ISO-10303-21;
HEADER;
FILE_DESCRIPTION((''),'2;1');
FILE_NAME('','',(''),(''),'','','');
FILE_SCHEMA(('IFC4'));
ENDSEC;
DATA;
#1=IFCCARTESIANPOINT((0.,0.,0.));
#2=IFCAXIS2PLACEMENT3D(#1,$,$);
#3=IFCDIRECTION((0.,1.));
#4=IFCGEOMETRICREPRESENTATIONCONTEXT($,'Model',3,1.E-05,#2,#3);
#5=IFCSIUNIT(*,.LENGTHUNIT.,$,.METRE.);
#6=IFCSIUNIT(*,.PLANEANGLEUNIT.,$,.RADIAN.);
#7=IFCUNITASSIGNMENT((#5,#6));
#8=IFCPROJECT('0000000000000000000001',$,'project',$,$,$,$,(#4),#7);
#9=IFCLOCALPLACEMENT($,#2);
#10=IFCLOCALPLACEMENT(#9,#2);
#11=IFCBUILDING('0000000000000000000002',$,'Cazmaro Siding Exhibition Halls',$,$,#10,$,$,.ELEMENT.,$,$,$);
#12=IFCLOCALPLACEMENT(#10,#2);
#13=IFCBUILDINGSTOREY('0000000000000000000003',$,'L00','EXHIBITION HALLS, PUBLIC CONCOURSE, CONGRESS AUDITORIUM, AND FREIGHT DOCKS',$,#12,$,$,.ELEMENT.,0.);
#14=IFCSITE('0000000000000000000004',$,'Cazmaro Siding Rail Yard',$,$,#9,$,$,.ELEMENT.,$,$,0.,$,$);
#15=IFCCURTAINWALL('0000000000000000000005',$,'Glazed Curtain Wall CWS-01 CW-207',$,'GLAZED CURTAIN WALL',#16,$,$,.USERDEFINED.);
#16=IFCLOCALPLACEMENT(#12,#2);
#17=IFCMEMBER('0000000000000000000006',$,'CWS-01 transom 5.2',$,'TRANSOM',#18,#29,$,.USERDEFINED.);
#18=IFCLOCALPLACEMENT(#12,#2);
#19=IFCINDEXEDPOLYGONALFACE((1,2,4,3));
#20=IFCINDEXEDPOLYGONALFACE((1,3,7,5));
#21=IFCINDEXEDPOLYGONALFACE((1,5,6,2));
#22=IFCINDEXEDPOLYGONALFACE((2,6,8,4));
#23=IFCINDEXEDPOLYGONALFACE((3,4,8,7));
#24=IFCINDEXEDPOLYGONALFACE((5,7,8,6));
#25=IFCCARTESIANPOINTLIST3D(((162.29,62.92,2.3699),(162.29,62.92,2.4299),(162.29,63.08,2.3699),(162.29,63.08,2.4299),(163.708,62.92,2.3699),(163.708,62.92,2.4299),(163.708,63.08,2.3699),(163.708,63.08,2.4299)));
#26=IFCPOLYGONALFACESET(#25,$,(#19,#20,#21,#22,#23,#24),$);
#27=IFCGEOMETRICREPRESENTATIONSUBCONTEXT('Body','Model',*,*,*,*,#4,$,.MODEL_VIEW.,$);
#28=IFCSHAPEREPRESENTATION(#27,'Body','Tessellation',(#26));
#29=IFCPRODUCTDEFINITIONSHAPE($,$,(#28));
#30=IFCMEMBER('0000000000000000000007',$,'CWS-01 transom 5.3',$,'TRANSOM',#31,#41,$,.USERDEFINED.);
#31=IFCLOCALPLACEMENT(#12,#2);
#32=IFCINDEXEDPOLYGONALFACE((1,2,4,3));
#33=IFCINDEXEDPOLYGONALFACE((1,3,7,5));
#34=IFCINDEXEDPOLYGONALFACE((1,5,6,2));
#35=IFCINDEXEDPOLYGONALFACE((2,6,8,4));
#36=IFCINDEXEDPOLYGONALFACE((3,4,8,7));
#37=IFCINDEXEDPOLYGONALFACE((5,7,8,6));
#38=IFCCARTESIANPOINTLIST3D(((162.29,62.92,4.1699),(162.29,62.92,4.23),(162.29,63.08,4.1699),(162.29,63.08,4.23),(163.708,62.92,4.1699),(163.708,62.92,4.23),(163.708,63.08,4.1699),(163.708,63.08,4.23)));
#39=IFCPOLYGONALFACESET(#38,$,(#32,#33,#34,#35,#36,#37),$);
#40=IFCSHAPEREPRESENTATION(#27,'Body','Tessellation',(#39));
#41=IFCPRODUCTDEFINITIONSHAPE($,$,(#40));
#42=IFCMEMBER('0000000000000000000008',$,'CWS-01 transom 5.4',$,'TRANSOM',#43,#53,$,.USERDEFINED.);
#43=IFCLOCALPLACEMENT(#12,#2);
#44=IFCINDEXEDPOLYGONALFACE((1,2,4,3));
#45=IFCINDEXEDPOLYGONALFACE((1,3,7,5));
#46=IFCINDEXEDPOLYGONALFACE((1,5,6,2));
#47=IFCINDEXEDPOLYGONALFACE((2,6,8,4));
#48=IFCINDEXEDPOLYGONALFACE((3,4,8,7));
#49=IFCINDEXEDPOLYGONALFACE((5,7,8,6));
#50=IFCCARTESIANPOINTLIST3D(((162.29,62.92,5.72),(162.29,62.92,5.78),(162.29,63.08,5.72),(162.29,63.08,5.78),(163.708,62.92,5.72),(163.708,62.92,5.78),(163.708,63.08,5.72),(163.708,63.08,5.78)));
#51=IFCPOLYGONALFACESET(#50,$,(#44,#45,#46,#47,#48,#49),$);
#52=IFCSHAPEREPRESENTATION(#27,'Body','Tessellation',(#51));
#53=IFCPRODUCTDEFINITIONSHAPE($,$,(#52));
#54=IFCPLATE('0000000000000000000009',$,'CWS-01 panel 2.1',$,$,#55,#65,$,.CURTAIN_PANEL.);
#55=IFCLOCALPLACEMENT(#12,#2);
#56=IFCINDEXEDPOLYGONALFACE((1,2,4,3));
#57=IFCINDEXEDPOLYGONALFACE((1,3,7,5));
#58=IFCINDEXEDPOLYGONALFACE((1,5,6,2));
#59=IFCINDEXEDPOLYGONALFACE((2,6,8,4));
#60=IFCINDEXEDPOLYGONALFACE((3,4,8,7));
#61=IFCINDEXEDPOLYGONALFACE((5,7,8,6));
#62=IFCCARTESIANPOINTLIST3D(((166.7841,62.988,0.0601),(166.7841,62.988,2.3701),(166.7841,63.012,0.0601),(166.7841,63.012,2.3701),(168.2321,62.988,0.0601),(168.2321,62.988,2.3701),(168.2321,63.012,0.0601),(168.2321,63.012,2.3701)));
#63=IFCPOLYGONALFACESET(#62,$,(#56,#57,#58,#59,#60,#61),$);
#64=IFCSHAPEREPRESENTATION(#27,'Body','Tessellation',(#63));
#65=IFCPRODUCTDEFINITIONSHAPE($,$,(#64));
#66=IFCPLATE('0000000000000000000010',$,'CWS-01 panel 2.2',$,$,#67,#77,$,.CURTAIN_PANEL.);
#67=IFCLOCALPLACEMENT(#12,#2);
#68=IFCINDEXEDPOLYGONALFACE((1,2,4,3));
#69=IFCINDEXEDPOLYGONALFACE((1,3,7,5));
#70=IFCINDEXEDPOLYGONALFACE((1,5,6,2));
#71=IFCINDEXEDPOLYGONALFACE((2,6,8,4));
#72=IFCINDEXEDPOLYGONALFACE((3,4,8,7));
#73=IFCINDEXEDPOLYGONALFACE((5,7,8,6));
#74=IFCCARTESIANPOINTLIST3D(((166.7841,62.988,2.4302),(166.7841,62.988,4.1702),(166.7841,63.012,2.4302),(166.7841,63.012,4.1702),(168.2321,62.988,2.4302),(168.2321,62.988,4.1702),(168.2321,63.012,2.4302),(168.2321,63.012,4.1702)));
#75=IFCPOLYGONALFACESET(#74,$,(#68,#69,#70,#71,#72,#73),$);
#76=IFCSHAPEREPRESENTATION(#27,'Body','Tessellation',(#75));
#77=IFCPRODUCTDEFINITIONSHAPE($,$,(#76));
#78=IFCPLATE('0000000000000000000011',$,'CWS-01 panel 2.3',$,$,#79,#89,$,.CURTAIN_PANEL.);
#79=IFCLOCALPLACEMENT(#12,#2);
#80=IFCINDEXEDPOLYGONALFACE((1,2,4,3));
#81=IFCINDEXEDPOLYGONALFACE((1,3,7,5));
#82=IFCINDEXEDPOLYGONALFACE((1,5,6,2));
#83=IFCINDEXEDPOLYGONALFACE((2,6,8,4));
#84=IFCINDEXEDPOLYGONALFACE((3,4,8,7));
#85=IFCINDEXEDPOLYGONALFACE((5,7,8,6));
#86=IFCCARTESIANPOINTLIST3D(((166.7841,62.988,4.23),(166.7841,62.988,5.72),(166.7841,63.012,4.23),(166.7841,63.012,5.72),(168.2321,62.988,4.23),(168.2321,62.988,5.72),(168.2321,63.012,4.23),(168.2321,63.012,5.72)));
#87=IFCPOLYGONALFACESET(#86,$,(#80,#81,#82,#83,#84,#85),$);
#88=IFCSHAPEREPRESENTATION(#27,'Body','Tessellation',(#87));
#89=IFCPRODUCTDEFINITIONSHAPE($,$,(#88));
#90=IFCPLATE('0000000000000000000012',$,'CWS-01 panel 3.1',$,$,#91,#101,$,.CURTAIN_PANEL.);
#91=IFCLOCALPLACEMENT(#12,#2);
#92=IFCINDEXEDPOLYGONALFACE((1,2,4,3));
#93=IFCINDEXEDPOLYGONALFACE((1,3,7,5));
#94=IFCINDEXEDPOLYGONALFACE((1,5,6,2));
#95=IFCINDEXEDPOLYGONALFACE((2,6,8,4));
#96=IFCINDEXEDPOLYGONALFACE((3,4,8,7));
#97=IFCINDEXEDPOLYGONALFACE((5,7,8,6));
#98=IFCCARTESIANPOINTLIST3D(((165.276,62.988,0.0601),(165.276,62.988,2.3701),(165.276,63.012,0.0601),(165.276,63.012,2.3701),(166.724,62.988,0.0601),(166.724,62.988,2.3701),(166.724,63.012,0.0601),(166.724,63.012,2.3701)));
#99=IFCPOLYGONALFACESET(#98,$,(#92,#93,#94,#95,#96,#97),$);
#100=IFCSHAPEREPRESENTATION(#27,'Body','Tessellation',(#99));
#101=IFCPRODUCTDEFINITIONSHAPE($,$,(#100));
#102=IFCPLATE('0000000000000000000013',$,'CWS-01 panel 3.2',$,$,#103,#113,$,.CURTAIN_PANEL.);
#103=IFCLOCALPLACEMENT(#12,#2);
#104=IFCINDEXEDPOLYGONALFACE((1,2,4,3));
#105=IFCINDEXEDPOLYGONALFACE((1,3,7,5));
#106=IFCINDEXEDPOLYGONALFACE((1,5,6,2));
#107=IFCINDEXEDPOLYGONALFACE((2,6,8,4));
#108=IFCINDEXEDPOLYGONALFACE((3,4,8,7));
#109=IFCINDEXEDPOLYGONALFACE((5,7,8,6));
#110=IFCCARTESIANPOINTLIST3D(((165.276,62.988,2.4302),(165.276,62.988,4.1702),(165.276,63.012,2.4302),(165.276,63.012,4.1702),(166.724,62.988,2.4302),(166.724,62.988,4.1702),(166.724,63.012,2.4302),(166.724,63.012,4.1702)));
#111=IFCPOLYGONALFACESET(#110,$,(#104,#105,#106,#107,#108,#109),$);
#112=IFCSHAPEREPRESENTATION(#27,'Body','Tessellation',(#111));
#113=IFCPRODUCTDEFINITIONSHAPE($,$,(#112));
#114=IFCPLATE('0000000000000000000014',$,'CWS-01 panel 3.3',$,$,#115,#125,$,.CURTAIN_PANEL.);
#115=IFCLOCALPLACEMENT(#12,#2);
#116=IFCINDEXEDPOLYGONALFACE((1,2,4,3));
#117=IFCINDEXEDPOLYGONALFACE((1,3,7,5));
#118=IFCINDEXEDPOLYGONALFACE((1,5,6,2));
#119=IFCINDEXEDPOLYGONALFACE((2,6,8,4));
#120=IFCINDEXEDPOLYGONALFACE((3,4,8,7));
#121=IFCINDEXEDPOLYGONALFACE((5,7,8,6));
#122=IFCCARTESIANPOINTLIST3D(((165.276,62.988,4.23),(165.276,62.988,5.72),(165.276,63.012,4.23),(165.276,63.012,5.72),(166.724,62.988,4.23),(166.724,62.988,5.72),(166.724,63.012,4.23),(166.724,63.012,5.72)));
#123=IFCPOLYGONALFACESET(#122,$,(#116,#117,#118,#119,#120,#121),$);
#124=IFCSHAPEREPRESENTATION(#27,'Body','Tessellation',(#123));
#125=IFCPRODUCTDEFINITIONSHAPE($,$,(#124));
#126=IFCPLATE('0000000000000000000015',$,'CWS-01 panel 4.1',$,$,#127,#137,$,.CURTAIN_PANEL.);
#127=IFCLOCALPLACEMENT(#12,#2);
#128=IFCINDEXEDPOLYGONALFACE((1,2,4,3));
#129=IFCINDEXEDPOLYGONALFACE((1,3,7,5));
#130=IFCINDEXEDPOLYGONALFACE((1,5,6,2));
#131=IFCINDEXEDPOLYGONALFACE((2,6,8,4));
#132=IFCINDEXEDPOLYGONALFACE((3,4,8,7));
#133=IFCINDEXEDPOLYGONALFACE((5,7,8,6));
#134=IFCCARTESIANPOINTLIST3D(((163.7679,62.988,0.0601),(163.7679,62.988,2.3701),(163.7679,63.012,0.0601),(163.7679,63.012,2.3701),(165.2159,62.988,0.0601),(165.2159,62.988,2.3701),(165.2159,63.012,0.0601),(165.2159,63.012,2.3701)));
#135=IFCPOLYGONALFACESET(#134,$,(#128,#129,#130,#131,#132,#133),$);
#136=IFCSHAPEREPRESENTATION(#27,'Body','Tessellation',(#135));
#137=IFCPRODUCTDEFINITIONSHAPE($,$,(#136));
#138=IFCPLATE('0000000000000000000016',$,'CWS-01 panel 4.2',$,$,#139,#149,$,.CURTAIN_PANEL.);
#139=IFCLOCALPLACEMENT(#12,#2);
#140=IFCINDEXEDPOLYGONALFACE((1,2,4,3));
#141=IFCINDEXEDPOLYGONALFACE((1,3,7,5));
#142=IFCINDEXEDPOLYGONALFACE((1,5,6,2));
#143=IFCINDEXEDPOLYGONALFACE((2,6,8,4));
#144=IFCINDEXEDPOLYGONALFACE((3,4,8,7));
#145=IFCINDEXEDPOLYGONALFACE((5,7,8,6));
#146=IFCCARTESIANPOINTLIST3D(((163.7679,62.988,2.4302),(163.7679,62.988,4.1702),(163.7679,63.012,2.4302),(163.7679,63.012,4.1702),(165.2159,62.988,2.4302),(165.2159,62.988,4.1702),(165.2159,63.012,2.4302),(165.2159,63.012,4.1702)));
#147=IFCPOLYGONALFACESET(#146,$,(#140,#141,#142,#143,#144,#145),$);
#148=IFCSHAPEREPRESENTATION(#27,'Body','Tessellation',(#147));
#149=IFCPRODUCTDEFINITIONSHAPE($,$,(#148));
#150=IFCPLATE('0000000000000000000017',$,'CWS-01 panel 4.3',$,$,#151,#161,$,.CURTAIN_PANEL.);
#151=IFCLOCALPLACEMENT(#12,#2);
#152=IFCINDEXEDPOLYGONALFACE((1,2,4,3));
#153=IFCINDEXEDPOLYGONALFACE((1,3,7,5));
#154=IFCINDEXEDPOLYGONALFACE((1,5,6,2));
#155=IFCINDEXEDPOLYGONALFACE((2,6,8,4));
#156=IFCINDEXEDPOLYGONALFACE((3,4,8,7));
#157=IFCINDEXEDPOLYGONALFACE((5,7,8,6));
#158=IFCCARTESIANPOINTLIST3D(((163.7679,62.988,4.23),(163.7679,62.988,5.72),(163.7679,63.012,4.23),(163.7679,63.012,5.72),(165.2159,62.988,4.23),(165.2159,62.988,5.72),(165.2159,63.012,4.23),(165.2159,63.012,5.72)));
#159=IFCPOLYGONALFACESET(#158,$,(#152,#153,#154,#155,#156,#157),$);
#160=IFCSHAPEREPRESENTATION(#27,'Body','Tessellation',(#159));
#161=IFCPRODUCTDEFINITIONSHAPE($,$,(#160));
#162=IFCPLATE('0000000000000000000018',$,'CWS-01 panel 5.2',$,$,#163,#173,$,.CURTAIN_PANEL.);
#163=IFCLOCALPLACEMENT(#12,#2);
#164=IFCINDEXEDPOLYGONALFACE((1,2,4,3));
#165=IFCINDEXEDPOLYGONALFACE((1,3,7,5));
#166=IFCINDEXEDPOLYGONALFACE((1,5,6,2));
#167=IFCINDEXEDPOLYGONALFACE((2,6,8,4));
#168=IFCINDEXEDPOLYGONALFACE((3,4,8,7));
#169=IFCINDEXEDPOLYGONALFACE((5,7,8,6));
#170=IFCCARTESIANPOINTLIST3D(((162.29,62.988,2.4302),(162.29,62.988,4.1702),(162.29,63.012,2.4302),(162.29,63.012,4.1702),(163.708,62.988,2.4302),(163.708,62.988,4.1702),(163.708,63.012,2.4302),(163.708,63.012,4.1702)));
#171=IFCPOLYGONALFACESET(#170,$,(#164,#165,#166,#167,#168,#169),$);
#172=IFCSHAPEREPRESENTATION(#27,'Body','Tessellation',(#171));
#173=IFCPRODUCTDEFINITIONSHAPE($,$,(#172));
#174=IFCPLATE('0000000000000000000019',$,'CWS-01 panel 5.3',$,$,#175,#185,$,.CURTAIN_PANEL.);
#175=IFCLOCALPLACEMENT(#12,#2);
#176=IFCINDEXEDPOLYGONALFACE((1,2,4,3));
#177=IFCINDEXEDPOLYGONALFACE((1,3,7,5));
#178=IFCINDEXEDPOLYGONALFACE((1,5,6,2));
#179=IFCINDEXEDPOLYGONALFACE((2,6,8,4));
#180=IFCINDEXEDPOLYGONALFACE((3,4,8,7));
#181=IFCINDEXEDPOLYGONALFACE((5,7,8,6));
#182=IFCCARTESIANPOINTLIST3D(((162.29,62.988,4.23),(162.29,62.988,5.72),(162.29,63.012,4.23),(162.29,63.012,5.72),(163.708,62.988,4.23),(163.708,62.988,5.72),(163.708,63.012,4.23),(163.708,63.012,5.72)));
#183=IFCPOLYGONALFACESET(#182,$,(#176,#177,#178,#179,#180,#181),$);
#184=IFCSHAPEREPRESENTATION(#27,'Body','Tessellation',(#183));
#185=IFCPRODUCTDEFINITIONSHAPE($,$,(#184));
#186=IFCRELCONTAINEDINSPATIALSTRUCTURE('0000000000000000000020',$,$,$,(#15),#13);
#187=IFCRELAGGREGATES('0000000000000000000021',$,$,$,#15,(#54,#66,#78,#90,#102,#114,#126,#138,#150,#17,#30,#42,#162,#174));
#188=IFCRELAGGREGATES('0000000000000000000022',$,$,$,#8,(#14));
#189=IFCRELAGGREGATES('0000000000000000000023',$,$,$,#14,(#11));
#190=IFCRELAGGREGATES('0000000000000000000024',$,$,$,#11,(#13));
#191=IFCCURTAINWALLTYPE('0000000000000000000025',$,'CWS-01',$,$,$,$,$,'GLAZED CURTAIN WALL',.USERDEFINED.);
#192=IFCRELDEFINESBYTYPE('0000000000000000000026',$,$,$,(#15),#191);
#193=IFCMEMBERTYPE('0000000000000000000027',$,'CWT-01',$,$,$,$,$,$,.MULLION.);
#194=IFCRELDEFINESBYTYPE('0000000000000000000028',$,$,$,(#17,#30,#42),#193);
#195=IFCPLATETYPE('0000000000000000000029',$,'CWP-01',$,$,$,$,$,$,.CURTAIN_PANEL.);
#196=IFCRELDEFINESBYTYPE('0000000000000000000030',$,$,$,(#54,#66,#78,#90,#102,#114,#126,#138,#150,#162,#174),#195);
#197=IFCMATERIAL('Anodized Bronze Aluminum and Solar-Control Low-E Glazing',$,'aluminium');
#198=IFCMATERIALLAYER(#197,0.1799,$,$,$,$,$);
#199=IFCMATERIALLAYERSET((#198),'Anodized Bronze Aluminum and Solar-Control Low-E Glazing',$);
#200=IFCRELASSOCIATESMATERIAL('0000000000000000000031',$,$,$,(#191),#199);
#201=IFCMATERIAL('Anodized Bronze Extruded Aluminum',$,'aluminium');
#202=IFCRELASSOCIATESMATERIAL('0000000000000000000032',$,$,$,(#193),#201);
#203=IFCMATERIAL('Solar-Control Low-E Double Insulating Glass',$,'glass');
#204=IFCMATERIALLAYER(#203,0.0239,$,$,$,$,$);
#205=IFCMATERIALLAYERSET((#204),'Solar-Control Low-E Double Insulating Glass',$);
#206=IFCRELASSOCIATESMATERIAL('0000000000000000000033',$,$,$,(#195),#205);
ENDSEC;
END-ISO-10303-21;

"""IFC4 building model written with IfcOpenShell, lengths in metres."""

from ifc_helpers import new_model, si_unit, direction, frame, origin, origin_2d, place, context, subcontext, project, spatial, rectangle, extrude, material, layer, layer_set, material_profile, profile_set, type_object, element, aggregate, save


model = new_model("IFC4")

# Units and contexts
model_context = context("Model", 3, precision=1e-05, world=origin(), true_north=direction((0.0, 1.0)))
body_context = subcontext(model_context, "Body", "Model", "MODEL_VIEW")
ifc_project = project(units=[si_unit("LENGTHUNIT", "METRE"), si_unit("PLANEANGLEUNIT", "RADIAN")], contexts=[model_context])

# Site, building, storey
site_placement = place(None, origin())
site = spatial("IfcSite", under=ifc_project, at=site_placement, Name="Cazmaro Siding Rail Yard", CompositionType="ELEMENT", RefElevation=0.0)
building_placement = place(site_placement, origin())
building = spatial("IfcBuilding", under=site, at=building_placement, Name="Cazmaro Siding Exhibition Halls", CompositionType="ELEMENT")
storey_placement = place(building_placement, origin())
storey = spatial("IfcBuildingStorey", under=building, at=storey_placement, Name="L00", Description="EXHIBITION HALLS, PUBLIC CONCOURSE, CONGRESS AUDITORIUM, AND FREIGHT DOCKS", CompositionType="ELEMENT", Elevation=0.0)

# Curtain wall, members, plates
ifc_material_1 = material(Name="Anodized Bronze Aluminum and Solar-Control Low-E Glazing", Category="aluminium")
ifc_layer_1 = layer(ifc_material_1, 0.1799)
ifc_layer_set_1 = layer_set([ifc_layer_1], Name="Anodized Bronze Aluminum and Solar-Control Low-E Glazing")
curtain_wall_type = type_object("IfcCurtainWallType", Name="CWS-01", ElementType="GLAZED CURTAIN WALL", PredefinedType="USERDEFINED", material=ifc_layer_set_1)
curtain_wall_placement = place(storey_placement, origin())
curtain_wall = element("IfcCurtainWall", 1, at=curtain_wall_placement, inside=storey, type_object=curtain_wall_type, Name="Glazed Curtain Wall CWS-01 CW-207", ObjectType="GLAZED CURTAIN WALL", PredefinedType="USERDEFINED")
ifc_material_2 = material(Name="Anodized Bronze Extruded Aluminum", Category="aluminium")
ifc_material_profile_1 = material_profile(ifc_material_2, rectangle(XDim=0.1599, YDim=0.0601, at=origin_2d()), Name="CWT-01")
ifc_profile_set_1 = profile_set([ifc_material_profile_1], Name="Anodized Bronze Extruded Aluminum")
member_type_1 = type_object("IfcMemberType", Name="CWT-01", PredefinedType="MULLION", material=ifc_profile_set_1)
member_1_placement = place(storey_placement, frame((163.708, 63.0, 2.3999), z_axis=(-1.0, 0.0, 0.0), x_axis=(0.0, -1.0, 0.0)))
member_1 = element("IfcMember", 2, at=member_1_placement, type_object=member_type_1, Name="CWS-01 transom 5.2", ObjectType="TRANSOM", PredefinedType="USERDEFINED", context=body_context, shape_type="SweptSolid", body=[
    extrude(rectangle(XDim=0.1599, YDim=0.0601, at=origin_2d()), origin(), (0.0, 0.0, 1.0), 1.418),
])
member_2_placement = place(storey_placement, frame((163.708, 63.0, 4.2), z_axis=(-1.0, 0.0, 0.0), x_axis=(0.0, -1.0, 0.0)))
member_2 = element("IfcMember", 3, at=member_2_placement, type_object=member_type_1, Name="CWS-01 transom 5.3", ObjectType="TRANSOM", PredefinedType="USERDEFINED", context=body_context, shape_type="SweptSolid", body=[
    extrude(rectangle(XDim=0.1599, YDim=0.0601, at=origin_2d()), origin(), (0.0, 0.0, 1.0), 1.418),
])
member_3_placement = place(storey_placement, frame((163.708, 63.0, 5.75), z_axis=(-1.0, 0.0, 0.0), x_axis=(0.0, -1.0, 0.0)))
member_3 = element("IfcMember", 4, at=member_3_placement, type_object=member_type_1, Name="CWS-01 transom 5.4", ObjectType="TRANSOM", PredefinedType="USERDEFINED", context=body_context, shape_type="SweptSolid", body=[
    extrude(rectangle(XDim=0.1599, YDim=0.0601, at=origin_2d()), origin(), (0.0, 0.0, 1.0), 1.418),
])
ifc_material_3 = material(Name="Solar-Control Low-E Double Insulating Glass", Category="glass")
ifc_layer_2 = layer(ifc_material_3, 0.0239)
ifc_layer_set_2 = layer_set([ifc_layer_2], Name="Solar-Control Low-E Double Insulating Glass")
plate_type = type_object("IfcPlateType", Name="CWP-01", PredefinedType="CURTAIN_PANEL", material=ifc_layer_set_2)
plate_1_placement = place(storey_placement, frame((167.5081, 63.0, 0.0601), z_axis=(0.0, 0.0, 1.0), x_axis=(-1.0, 0.0, 0.0)))
plate_1 = element("IfcPlate", 5, at=plate_1_placement, type_object=plate_type, Name="CWS-01 panel 2.1", PredefinedType="CURTAIN_PANEL", context=body_context, shape_type="SweptSolid", body=[
    extrude(rectangle(XDim=1.448, YDim=0.0239, at=origin_2d()), origin(), (0.0, 0.0, 1.0), 2.3101),
])
plate_2_placement = place(storey_placement, frame((167.5081, 63.0, 2.4302), z_axis=(0.0, 0.0, 1.0), x_axis=(-1.0, 0.0, 0.0)))
plate_2 = element("IfcPlate", 6, at=plate_2_placement, type_object=plate_type, Name="CWS-01 panel 2.2", PredefinedType="CURTAIN_PANEL", context=body_context, shape_type="SweptSolid", body=[
    extrude(rectangle(XDim=1.448, YDim=0.0239, at=origin_2d()), origin(), (0.0, 0.0, 1.0), 1.74),
])
plate_3_placement = place(storey_placement, frame((167.5081, 63.0, 4.23), z_axis=(0.0, 0.0, 1.0), x_axis=(-1.0, 0.0, 0.0)))
plate_3 = element("IfcPlate", 7, at=plate_3_placement, type_object=plate_type, Name="CWS-01 panel 2.3", PredefinedType="CURTAIN_PANEL", context=body_context, shape_type="SweptSolid", body=[
    extrude(rectangle(XDim=1.448, YDim=0.0239, at=origin_2d()), origin(), (0.0, 0.0, 1.0), 1.49),
])
plate_4_placement = place(storey_placement, frame((166.0, 63.0, 0.0601), z_axis=(0.0, 0.0, 1.0), x_axis=(-1.0, 0.0, 0.0)))
plate_4 = element("IfcPlate", 8, at=plate_4_placement, type_object=plate_type, Name="CWS-01 panel 3.1", PredefinedType="CURTAIN_PANEL", context=body_context, shape_type="SweptSolid", body=[
    extrude(rectangle(XDim=1.448, YDim=0.0239, at=origin_2d()), origin(), (0.0, 0.0, 1.0), 2.3101),
])
plate_5_placement = place(storey_placement, frame((166.0, 63.0, 2.4302), z_axis=(0.0, 0.0, 1.0), x_axis=(-1.0, 0.0, 0.0)))
plate_5 = element("IfcPlate", 9, at=plate_5_placement, type_object=plate_type, Name="CWS-01 panel 3.2", PredefinedType="CURTAIN_PANEL", context=body_context, shape_type="SweptSolid", body=[
    extrude(rectangle(XDim=1.448, YDim=0.0239, at=origin_2d()), origin(), (0.0, 0.0, 1.0), 1.74),
])
plate_6_placement = place(storey_placement, frame((166.0, 63.0, 4.23), z_axis=(0.0, 0.0, 1.0), x_axis=(-1.0, 0.0, 0.0)))
plate_6 = element("IfcPlate", 10, at=plate_6_placement, type_object=plate_type, Name="CWS-01 panel 3.3", PredefinedType="CURTAIN_PANEL", context=body_context, shape_type="SweptSolid", body=[
    extrude(rectangle(XDim=1.448, YDim=0.0239, at=origin_2d()), origin(), (0.0, 0.0, 1.0), 1.49),
])
plate_7_placement = place(storey_placement, frame((164.4919, 63.0, 0.0601), z_axis=(0.0, 0.0, 1.0), x_axis=(-1.0, 0.0, 0.0)))
plate_7 = element("IfcPlate", 11, at=plate_7_placement, type_object=plate_type, Name="CWS-01 panel 4.1", PredefinedType="CURTAIN_PANEL", context=body_context, shape_type="SweptSolid", body=[
    extrude(rectangle(XDim=1.448, YDim=0.0239, at=origin_2d()), origin(), (0.0, 0.0, 1.0), 2.3101),
])
plate_8_placement = place(storey_placement, frame((164.4919, 63.0, 2.4302), z_axis=(0.0, 0.0, 1.0), x_axis=(-1.0, 0.0, 0.0)))
plate_8 = element("IfcPlate", 12, at=plate_8_placement, type_object=plate_type, Name="CWS-01 panel 4.2", PredefinedType="CURTAIN_PANEL", context=body_context, shape_type="SweptSolid", body=[
    extrude(rectangle(XDim=1.448, YDim=0.0239, at=origin_2d()), origin(), (0.0, 0.0, 1.0), 1.74),
])
plate_9_placement = place(storey_placement, frame((164.4919, 63.0, 4.23), z_axis=(0.0, 0.0, 1.0), x_axis=(-1.0, 0.0, 0.0)))
plate_9 = element("IfcPlate", 13, at=plate_9_placement, type_object=plate_type, Name="CWS-01 panel 4.3", PredefinedType="CURTAIN_PANEL", context=body_context, shape_type="SweptSolid", body=[
    extrude(rectangle(XDim=1.448, YDim=0.0239, at=origin_2d()), origin(), (0.0, 0.0, 1.0), 1.49),
])
plate_10_placement = place(storey_placement, frame((162.999, 63.0, 2.4302), z_axis=(0.0, 0.0, 1.0), x_axis=(-1.0, 0.0, 0.0)))
plate_10 = element("IfcPlate", 14, at=plate_10_placement, type_object=plate_type, Name="CWS-01 panel 5.2", PredefinedType="CURTAIN_PANEL", context=body_context, shape_type="SweptSolid", body=[
    extrude(rectangle(XDim=1.418, YDim=0.0239, at=origin_2d()), origin(), (0.0, 0.0, 1.0), 1.74),
])
plate_11_placement = place(storey_placement, frame((162.999, 63.0, 4.23), z_axis=(0.0, 0.0, 1.0), x_axis=(-1.0, 0.0, 0.0)))
plate_11 = element("IfcPlate", 15, at=plate_11_placement, type_object=plate_type, Name="CWS-01 panel 5.3", PredefinedType="CURTAIN_PANEL", context=body_context, shape_type="SweptSolid", body=[
    extrude(rectangle(XDim=1.418, YDim=0.0239, at=origin_2d()), origin(), (0.0, 0.0, 1.0), 1.49),
])
aggregate(curtain_wall, [plate_1, plate_2, plate_3, plate_4, plate_5, plate_6, plate_7, plate_8, plate_9, member_1, member_2, member_3, plate_10, plate_11])

save(model, "model.ifc")
